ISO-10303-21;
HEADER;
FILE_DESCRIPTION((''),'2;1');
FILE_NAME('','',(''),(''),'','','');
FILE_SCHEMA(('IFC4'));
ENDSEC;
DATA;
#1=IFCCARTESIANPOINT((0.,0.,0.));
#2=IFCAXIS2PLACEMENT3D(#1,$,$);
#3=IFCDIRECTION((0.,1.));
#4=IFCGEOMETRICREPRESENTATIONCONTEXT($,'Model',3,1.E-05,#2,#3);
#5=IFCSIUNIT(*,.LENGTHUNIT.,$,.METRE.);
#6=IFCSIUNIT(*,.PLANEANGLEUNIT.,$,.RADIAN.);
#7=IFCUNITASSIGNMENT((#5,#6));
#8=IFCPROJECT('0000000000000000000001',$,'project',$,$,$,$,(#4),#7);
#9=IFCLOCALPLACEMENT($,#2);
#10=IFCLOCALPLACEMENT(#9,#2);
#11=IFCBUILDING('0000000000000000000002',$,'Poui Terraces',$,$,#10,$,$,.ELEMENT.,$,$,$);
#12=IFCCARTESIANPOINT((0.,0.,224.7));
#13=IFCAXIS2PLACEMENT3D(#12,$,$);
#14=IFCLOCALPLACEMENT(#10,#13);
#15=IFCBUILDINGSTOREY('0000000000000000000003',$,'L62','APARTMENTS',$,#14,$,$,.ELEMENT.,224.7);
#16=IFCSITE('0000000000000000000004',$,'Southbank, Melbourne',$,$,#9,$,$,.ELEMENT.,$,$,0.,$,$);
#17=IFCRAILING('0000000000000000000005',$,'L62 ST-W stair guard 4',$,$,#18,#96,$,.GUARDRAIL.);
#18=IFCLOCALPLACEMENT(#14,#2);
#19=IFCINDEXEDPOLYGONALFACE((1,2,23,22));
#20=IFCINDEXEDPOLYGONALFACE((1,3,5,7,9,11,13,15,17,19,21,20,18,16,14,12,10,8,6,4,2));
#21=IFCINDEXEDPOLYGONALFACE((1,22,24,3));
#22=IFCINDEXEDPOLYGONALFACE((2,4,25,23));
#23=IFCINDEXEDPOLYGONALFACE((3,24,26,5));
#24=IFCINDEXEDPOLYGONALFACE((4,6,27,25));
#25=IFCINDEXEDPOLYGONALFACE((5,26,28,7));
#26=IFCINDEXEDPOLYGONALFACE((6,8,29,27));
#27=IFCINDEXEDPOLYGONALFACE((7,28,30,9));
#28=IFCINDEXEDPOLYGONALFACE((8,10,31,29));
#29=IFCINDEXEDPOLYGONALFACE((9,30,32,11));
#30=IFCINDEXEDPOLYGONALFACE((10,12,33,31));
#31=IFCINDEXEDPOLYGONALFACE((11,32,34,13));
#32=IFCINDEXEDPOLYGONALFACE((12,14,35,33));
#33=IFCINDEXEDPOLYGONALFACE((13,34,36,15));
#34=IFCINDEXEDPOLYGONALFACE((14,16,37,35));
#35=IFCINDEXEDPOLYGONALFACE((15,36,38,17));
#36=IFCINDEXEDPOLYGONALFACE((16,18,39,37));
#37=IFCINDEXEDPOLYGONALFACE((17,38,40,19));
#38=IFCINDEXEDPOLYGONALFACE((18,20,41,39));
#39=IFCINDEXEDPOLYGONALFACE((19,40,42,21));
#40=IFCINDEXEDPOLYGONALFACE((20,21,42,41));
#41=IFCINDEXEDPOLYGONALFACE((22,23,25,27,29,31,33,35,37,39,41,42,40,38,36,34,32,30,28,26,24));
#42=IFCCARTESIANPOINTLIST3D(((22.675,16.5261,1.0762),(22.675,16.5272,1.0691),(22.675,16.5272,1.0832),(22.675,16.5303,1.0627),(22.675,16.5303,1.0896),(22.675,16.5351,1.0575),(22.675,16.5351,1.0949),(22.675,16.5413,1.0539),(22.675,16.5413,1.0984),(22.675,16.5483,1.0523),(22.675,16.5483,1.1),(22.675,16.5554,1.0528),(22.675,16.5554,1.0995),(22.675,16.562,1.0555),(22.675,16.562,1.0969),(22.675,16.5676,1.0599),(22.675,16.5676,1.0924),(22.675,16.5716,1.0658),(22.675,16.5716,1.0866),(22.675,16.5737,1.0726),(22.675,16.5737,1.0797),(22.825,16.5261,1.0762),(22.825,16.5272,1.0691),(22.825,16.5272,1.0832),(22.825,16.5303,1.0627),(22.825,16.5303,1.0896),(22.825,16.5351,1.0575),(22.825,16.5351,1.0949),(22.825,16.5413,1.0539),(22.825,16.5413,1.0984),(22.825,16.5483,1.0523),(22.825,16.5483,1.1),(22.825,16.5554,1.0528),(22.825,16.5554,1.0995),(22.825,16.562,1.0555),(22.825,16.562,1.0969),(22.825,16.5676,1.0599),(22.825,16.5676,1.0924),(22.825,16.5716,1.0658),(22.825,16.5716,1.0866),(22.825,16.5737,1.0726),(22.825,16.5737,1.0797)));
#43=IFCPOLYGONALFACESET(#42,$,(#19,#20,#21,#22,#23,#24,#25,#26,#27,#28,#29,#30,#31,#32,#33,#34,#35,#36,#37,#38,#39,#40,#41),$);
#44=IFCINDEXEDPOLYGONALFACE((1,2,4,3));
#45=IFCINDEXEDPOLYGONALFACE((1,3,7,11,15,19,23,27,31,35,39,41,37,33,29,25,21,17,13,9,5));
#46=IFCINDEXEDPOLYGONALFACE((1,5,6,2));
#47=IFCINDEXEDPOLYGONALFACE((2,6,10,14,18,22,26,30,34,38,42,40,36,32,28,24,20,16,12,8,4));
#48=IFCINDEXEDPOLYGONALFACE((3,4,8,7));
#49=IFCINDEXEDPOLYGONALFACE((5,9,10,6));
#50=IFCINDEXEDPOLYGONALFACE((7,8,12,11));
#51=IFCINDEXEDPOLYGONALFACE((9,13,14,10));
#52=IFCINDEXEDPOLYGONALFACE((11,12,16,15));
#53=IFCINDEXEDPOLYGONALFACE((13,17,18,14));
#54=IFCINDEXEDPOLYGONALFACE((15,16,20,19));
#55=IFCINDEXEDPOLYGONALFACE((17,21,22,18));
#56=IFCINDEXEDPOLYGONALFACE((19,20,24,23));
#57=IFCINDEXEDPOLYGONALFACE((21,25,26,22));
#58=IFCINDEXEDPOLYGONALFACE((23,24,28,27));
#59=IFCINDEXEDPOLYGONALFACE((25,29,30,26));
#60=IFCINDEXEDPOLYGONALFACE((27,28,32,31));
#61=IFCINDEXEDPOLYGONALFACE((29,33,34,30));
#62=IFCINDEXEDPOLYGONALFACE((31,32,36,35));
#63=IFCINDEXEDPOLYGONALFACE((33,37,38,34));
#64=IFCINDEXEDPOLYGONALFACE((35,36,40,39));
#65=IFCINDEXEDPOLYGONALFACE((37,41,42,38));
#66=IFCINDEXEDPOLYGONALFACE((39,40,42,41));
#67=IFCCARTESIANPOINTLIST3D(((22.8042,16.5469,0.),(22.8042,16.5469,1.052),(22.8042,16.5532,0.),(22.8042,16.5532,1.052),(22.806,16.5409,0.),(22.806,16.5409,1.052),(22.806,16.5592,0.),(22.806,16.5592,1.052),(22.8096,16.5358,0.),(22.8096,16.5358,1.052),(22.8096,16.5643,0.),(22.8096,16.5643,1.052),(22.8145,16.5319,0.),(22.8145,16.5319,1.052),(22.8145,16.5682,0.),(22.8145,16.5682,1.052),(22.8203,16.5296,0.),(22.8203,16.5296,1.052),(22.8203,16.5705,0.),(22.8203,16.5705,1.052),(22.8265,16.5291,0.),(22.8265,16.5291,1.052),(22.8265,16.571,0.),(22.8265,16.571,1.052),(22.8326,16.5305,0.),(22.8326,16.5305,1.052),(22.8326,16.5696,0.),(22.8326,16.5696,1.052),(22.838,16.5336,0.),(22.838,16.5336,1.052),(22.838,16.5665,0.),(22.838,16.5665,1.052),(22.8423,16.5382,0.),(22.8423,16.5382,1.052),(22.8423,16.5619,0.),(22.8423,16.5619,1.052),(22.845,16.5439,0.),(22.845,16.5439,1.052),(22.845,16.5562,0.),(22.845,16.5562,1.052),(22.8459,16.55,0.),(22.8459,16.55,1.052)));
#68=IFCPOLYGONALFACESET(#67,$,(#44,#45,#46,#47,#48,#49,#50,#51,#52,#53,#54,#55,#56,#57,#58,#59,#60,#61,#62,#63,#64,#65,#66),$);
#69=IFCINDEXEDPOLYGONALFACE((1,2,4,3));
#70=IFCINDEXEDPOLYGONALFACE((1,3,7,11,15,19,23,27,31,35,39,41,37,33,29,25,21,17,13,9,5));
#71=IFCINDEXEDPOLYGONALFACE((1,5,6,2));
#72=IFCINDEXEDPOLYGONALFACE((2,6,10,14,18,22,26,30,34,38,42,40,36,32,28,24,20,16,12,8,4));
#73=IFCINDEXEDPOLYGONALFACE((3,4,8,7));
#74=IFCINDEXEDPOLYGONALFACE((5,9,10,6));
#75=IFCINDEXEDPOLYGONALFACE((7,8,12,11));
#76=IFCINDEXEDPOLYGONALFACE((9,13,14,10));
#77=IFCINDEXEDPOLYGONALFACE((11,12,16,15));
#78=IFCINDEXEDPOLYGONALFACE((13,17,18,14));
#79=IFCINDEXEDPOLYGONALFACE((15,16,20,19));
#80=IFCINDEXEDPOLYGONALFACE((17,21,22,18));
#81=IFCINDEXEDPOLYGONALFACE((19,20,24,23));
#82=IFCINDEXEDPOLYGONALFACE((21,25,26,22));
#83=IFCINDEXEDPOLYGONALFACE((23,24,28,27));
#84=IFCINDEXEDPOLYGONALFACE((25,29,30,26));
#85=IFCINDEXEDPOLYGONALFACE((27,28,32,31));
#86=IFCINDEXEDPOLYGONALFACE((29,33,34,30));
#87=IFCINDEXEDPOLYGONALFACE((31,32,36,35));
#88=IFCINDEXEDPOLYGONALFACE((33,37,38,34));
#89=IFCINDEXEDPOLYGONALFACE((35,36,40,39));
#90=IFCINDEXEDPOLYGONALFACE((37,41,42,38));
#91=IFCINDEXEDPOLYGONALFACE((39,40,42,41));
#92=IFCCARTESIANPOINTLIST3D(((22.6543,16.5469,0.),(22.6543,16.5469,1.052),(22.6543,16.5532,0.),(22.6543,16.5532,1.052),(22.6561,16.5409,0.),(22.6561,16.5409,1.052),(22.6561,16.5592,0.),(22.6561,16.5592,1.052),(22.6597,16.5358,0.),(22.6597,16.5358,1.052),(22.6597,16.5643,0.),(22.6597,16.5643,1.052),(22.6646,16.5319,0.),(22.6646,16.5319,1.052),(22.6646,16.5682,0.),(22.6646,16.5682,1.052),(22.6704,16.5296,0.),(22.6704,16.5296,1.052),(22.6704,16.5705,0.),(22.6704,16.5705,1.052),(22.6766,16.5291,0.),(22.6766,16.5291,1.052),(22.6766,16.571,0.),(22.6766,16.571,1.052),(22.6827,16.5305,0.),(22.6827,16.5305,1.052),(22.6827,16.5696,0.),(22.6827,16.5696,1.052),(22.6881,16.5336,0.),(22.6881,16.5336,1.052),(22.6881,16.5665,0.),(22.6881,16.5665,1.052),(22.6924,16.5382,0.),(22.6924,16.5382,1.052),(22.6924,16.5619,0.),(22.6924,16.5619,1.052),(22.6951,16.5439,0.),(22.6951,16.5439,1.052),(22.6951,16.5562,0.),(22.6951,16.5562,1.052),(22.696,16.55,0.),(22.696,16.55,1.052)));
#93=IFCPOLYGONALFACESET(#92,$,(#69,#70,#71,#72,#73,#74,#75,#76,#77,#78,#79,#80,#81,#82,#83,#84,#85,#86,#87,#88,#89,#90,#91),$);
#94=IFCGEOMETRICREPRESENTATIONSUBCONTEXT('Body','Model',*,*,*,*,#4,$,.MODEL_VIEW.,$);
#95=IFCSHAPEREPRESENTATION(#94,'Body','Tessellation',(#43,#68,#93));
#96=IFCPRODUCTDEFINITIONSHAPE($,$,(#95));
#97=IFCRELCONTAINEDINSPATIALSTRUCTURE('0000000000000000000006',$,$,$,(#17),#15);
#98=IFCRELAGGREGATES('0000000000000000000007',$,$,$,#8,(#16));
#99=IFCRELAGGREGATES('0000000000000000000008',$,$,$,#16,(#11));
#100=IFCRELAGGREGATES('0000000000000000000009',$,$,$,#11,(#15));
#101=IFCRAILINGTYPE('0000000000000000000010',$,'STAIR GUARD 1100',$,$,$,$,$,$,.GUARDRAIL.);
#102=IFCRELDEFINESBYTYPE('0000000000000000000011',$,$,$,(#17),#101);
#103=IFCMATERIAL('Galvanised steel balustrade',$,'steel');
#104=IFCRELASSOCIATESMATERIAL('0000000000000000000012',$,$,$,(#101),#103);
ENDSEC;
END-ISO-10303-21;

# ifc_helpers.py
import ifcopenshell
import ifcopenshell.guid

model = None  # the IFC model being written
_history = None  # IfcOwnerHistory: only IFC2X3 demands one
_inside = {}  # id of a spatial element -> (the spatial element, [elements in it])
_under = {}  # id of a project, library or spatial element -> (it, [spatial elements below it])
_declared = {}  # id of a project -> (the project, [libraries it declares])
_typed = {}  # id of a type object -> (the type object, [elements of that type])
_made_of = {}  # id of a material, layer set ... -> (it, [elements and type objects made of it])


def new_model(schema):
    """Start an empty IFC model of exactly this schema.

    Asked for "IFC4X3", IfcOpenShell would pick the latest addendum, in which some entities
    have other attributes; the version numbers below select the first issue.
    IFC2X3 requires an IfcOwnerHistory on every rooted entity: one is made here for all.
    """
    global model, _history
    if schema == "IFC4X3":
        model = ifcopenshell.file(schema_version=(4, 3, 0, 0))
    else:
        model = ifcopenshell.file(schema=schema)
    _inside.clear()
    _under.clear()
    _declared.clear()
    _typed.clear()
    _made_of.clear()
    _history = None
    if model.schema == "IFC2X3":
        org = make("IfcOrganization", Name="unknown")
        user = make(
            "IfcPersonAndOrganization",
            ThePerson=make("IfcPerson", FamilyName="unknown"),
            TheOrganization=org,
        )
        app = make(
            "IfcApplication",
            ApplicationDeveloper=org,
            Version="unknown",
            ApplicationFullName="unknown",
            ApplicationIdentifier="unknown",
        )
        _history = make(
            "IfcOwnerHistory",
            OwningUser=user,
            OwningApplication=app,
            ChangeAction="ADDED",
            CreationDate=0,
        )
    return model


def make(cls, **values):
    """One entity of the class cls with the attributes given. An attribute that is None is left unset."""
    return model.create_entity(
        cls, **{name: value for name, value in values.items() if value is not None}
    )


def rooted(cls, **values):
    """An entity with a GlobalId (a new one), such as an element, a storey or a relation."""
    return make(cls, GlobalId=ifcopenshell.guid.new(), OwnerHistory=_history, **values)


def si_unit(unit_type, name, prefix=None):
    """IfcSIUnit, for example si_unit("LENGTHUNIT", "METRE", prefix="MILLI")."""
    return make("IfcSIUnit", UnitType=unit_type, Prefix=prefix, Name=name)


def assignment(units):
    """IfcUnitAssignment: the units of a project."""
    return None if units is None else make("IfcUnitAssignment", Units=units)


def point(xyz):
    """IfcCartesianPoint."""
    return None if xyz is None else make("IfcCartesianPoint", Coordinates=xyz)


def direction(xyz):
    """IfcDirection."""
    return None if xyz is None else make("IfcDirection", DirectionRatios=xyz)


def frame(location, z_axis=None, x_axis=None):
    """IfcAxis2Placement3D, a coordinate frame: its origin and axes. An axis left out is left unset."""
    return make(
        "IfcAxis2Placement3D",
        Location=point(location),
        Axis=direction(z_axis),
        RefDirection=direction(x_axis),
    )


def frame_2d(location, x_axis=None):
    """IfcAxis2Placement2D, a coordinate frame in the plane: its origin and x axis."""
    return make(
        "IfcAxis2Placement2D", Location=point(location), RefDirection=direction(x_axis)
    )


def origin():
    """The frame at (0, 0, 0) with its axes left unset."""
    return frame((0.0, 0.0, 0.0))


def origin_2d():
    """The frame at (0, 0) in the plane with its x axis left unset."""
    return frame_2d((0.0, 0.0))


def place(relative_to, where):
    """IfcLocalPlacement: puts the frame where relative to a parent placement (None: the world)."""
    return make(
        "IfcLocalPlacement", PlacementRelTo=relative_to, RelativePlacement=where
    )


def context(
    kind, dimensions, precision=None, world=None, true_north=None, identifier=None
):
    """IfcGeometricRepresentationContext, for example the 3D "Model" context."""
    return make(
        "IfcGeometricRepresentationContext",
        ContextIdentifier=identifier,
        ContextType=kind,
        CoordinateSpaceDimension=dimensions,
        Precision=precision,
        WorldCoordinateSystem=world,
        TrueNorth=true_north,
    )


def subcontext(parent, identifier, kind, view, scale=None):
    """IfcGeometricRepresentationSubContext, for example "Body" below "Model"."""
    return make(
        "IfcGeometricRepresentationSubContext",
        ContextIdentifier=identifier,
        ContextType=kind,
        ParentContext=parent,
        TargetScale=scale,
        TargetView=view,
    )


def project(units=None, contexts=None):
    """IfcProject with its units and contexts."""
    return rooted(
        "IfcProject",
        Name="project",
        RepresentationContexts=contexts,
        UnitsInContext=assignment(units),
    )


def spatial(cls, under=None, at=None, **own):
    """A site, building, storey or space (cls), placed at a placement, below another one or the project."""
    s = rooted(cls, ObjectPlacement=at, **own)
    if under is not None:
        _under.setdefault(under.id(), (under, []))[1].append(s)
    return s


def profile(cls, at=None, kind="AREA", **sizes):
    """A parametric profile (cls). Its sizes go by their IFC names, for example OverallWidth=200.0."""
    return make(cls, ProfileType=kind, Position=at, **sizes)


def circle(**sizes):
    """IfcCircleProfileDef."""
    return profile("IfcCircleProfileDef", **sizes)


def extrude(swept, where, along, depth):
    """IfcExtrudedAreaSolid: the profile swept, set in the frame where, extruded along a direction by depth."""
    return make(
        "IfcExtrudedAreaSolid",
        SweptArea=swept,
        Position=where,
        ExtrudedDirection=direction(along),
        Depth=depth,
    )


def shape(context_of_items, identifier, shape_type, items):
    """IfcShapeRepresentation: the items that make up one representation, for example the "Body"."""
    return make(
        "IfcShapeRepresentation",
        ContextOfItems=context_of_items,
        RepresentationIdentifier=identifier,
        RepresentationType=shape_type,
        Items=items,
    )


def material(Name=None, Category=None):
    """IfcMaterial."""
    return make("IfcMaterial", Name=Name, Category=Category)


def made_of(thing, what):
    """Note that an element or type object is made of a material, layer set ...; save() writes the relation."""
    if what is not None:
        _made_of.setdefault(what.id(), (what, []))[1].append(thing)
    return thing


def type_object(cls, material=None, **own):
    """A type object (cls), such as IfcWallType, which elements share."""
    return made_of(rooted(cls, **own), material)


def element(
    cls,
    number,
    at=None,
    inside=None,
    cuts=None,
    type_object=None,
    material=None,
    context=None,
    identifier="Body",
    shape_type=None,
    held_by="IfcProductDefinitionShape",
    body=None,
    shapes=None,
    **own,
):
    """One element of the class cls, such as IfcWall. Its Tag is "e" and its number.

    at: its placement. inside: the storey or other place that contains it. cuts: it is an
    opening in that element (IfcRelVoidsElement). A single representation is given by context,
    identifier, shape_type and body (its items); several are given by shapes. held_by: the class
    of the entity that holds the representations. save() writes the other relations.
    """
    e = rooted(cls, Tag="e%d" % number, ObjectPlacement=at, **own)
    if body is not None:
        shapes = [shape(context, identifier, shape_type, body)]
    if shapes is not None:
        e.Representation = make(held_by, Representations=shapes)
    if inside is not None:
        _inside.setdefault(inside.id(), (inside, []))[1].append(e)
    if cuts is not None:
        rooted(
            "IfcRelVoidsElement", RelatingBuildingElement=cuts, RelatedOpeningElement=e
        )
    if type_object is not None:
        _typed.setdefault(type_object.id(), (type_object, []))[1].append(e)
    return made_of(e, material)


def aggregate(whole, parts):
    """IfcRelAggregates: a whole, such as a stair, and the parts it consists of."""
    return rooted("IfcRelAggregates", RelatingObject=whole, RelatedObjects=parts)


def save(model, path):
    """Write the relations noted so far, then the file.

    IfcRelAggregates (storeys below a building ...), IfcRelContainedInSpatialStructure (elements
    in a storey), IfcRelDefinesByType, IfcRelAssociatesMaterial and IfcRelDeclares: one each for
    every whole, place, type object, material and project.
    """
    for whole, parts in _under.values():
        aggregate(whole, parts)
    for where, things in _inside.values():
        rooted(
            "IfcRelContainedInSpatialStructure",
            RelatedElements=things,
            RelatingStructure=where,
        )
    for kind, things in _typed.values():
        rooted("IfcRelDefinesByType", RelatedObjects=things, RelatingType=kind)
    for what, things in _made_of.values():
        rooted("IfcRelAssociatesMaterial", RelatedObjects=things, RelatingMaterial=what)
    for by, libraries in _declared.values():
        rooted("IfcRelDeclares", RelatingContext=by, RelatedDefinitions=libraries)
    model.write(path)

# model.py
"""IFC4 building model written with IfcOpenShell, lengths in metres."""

from ifc_helpers import new_model, si_unit, direction, frame, origin, origin_2d, place, context, subcontext, project, spatial, circle, extrude, material, type_object, element, save


model = new_model("IFC4")

# Units and contexts
model_context = context("Model", 3, precision=1e-05, world=origin(), true_north=direction((0.0, 1.0)))
body_context = subcontext(model_context, "Body", "Model", "MODEL_VIEW")
ifc_project = project(units=[si_unit("LENGTHUNIT", "METRE"), si_unit("PLANEANGLEUNIT", "RADIAN")], contexts=[model_context])

# Site, building, storey
site_placement = place(None, origin())
site = spatial("IfcSite", under=ifc_project, at=site_placement, Name="Southbank, Melbourne", CompositionType="ELEMENT", RefElevation=0.0)
building_placement = place(site_placement, origin())
building = spatial("IfcBuilding", under=site, at=building_placement, Name="Poui Terraces", CompositionType="ELEMENT")
storey_placement = place(building_placement, frame((0.0, 0.0, 224.7)))
storey = spatial("IfcBuildingStorey", under=building, at=storey_placement, Name="L62", Description="APARTMENTS", CompositionType="ELEMENT", Elevation=224.7)

# Railing
ifc_material_1 = material(Name="Galvanised steel balustrade", Category="steel")
railing_type_1 = type_object("IfcRailingType", Name="STAIR GUARD 1100", PredefinedType="GUARDRAIL", material=ifc_material_1)
railing_1_placement = place(storey_placement, frame((22.825, 16.55, 0.0)))
element("IfcRailing", 1, at=railing_1_placement, inside=storey, type_object=railing_type_1, Name="L62 ST-W stair guard 4", PredefinedType="GUARDRAIL", context=body_context, shape_type="SweptSolid", body=[
    extrude(circle(Radius=0.0239, at=origin_2d()), frame((0.0, 0.0, 1.0762), z_axis=(-1.0, 0.0, 0.0), x_axis=(0.0, -1.0, 0.0)), (0.0, 0.0, 1.0), 0.1499),
    extrude(circle(Radius=0.021, at=origin_2d()), origin(), (0.0, 0.0, 1.0), 1.052),
    extrude(circle(Radius=0.021, at=origin_2d()), frame((-0.1499, 0.0, 0.0)), (0.0, 0.0, 1.0), 1.052),
])

save(model, "model.ifc")
